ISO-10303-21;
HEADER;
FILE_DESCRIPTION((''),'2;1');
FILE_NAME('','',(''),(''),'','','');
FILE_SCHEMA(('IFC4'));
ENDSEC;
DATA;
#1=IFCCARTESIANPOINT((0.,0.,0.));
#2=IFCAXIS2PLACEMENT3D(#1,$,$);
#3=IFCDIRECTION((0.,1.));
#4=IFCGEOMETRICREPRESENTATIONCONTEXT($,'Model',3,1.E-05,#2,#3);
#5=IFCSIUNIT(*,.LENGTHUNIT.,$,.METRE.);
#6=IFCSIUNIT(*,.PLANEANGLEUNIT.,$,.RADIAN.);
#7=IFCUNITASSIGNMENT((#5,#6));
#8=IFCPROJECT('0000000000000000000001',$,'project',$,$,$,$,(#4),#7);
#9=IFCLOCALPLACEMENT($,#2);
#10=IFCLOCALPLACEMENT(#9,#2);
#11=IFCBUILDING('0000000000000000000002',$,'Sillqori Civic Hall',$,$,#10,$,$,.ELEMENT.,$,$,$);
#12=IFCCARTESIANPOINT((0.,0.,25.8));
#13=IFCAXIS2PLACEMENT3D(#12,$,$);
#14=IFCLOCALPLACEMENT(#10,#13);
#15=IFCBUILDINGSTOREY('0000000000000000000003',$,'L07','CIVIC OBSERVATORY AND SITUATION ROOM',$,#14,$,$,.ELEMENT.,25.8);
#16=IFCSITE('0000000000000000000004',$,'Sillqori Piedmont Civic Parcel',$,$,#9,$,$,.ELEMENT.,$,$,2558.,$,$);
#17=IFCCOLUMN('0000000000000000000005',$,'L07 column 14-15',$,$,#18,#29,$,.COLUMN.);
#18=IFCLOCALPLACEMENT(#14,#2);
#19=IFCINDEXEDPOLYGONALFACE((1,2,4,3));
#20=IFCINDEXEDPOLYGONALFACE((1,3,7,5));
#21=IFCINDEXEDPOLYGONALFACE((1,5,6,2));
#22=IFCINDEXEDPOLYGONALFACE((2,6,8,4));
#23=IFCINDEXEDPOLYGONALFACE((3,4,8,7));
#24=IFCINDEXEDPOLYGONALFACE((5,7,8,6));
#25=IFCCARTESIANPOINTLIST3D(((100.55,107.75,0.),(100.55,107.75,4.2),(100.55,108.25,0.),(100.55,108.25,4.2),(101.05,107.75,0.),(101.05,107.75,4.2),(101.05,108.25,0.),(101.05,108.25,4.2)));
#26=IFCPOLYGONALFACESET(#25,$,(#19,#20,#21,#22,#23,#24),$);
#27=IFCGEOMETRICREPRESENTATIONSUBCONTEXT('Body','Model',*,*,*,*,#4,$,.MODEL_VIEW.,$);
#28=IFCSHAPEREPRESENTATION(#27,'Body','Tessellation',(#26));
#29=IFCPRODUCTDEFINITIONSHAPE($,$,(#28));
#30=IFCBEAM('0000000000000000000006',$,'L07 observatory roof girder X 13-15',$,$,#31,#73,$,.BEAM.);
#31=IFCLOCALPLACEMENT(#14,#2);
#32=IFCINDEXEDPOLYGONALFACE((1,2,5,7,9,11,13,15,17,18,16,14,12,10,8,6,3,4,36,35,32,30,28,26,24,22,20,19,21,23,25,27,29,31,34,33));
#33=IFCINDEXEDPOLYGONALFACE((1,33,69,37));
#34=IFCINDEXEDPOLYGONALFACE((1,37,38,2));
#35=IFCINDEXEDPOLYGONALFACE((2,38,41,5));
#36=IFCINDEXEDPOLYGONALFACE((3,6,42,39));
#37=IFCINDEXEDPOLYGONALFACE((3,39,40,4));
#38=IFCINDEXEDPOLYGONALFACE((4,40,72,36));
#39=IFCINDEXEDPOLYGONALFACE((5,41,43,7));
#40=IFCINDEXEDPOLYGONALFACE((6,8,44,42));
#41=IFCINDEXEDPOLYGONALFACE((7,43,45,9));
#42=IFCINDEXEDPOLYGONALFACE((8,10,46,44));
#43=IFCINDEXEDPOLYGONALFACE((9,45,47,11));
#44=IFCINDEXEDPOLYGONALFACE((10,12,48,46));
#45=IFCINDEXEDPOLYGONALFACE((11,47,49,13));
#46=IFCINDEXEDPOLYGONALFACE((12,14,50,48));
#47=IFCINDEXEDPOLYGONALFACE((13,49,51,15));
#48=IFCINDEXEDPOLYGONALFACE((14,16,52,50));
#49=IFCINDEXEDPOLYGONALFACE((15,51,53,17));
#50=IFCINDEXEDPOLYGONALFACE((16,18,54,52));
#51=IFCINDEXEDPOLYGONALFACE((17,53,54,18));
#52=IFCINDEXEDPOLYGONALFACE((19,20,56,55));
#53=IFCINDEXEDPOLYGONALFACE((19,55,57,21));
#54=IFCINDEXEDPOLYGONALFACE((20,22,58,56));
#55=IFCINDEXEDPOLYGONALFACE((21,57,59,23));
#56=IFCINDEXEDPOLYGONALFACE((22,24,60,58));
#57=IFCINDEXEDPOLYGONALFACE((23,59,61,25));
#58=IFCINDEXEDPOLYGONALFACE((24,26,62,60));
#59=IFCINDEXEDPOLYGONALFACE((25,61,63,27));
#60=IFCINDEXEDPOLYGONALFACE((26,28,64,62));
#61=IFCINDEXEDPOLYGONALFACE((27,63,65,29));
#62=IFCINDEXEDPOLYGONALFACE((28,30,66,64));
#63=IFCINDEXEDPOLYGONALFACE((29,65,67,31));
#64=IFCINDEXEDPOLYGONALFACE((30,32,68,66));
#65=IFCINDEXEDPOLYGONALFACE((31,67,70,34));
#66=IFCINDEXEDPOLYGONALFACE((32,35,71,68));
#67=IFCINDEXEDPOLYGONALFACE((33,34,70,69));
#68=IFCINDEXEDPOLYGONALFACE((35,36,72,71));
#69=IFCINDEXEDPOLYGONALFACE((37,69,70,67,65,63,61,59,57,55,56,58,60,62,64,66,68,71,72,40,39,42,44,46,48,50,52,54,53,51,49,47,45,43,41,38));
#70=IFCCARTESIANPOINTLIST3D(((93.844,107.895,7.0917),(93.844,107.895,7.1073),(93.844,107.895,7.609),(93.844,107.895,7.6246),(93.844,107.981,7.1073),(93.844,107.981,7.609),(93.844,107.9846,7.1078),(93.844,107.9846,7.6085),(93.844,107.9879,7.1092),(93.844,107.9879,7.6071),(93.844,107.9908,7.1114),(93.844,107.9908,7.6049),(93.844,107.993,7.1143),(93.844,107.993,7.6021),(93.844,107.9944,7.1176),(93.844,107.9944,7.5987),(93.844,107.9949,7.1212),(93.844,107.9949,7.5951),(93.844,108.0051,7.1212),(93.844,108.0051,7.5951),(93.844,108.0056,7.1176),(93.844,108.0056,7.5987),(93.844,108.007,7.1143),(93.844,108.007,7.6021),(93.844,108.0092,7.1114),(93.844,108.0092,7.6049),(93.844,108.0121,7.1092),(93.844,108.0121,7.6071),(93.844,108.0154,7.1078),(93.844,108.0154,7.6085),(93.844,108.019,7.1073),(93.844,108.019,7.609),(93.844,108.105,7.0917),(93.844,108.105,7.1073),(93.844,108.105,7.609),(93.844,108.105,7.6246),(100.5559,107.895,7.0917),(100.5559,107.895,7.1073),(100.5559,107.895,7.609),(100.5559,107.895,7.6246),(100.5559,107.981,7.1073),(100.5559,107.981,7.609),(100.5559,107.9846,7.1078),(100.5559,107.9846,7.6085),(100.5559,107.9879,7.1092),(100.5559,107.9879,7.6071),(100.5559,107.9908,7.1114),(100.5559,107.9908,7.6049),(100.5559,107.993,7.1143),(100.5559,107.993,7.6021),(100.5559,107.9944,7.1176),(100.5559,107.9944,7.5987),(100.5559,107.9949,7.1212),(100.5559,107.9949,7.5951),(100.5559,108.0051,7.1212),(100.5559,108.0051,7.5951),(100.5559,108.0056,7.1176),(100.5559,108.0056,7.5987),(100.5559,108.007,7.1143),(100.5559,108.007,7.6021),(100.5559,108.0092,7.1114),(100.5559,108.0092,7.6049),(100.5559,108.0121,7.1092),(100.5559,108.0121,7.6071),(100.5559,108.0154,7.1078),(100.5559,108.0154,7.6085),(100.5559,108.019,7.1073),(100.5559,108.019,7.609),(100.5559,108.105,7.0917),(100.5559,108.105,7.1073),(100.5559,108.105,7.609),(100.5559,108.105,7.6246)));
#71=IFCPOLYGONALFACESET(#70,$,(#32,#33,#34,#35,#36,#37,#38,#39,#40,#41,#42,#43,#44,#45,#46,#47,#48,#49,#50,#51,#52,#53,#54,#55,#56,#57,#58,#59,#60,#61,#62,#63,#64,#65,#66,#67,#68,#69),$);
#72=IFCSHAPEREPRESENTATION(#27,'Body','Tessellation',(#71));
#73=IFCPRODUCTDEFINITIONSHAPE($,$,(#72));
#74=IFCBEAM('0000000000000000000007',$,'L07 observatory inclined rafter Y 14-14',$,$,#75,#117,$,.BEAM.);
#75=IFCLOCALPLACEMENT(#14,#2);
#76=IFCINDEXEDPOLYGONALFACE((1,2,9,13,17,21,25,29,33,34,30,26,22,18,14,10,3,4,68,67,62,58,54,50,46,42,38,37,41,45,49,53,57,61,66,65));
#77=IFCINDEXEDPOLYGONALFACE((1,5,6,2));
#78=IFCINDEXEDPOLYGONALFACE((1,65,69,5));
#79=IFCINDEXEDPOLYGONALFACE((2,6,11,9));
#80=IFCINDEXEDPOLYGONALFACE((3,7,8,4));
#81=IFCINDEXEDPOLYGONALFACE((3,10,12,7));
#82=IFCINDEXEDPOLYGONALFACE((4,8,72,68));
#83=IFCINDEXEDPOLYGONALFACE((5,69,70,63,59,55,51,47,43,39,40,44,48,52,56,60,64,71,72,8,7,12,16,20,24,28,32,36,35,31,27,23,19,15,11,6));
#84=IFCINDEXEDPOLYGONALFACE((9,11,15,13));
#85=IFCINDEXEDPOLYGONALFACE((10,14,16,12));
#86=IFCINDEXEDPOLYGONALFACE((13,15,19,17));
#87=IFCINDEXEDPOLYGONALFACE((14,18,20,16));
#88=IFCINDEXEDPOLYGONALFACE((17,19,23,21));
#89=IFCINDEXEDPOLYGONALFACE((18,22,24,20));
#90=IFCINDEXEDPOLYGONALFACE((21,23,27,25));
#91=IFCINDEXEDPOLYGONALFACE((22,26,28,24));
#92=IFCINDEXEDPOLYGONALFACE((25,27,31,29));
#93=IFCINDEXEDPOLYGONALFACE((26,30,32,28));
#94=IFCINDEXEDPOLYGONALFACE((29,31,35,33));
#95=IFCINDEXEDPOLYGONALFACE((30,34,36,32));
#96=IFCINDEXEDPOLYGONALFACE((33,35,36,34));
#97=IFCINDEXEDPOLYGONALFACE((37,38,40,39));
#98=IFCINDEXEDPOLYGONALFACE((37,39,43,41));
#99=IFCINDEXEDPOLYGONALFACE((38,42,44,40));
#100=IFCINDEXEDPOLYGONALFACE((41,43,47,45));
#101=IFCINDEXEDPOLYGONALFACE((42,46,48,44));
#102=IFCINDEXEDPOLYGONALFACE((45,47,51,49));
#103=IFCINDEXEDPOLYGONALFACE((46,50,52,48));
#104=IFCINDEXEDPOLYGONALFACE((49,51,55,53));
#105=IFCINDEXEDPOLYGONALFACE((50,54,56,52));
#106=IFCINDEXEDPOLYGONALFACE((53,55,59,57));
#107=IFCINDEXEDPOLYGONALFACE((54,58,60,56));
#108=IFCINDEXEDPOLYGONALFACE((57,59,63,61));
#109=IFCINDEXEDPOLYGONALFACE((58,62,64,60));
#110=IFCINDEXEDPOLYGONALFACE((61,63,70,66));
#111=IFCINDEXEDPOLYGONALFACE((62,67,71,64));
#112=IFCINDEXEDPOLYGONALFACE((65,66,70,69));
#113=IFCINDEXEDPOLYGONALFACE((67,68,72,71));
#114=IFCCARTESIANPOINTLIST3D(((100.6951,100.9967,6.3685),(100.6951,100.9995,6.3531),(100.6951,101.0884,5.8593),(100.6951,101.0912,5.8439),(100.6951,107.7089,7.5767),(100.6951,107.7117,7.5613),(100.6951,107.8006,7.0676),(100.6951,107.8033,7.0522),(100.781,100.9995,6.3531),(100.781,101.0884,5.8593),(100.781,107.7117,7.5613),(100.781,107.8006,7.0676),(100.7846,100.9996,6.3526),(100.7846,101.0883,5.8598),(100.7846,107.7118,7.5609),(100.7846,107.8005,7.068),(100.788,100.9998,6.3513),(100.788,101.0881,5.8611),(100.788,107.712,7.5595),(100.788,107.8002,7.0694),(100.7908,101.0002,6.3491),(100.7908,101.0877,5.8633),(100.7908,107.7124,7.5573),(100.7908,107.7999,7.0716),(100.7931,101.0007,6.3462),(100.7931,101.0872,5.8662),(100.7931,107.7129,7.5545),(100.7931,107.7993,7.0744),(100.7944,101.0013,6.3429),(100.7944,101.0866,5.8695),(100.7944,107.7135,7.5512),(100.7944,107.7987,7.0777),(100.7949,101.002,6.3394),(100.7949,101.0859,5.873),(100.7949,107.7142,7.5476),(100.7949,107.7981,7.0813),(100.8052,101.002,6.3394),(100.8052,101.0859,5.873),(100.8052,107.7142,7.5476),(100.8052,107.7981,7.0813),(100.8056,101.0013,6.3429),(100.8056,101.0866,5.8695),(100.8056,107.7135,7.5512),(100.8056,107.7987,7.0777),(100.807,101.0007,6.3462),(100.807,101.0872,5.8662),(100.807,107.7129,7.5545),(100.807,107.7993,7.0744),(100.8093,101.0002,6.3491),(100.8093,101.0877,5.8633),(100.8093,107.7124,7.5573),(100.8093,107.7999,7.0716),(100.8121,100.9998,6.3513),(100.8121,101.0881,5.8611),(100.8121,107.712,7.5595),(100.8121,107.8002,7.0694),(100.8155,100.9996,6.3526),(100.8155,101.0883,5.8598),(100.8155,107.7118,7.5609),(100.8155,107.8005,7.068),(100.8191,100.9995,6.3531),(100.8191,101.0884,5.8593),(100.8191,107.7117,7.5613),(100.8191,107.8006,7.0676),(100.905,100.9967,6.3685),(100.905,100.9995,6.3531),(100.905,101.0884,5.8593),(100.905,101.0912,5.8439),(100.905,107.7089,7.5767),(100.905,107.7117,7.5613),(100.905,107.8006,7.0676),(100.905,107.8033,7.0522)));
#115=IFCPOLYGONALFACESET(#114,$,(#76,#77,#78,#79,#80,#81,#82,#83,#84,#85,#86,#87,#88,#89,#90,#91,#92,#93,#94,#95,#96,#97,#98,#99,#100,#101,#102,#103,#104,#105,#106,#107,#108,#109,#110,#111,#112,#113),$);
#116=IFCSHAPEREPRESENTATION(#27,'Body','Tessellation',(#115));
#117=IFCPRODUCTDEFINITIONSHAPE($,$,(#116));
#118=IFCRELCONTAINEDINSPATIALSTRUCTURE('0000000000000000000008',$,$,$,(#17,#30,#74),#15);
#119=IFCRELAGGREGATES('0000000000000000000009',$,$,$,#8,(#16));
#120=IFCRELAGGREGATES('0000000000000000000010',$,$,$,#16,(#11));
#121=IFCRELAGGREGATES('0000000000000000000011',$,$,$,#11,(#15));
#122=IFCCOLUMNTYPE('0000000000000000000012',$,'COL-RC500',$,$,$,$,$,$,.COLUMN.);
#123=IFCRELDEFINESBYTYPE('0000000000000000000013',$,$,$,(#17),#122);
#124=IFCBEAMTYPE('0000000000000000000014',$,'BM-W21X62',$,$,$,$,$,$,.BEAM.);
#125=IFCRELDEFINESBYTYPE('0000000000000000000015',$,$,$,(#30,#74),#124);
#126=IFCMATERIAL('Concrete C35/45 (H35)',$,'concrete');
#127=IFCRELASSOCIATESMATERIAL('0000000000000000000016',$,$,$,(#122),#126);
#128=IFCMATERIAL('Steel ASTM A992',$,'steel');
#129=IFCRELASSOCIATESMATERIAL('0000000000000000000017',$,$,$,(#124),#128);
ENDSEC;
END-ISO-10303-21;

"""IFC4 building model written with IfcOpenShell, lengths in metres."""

from ifc_helpers import new_model, si_unit, direction, frame, origin, origin_2d, place, context, subcontext, project, spatial, rectangle, i_section, extrude, material, material_profile, profile_set, type_object, element, save


model = new_model("IFC4")

# Units and contexts
model_context = context("Model", 3, precision=1e-05, world=origin(), true_north=direction((0.0, 1.0)))
body_context = subcontext(model_context, "Body", "Model", "MODEL_VIEW")
ifc_project = project(units=[si_unit("LENGTHUNIT", "METRE"), si_unit("PLANEANGLEUNIT", "RADIAN")], contexts=[model_context])

# Site, building, storey
site_placement = place(None, origin())
site = spatial("IfcSite", under=ifc_project, at=site_placement, Name="Sillqori Piedmont Civic Parcel", CompositionType="ELEMENT", RefElevation=2558.0)
building_placement = place(site_placement, origin())
building = spatial("IfcBuilding", under=site, at=building_placement, Name="Sillqori Civic Hall", CompositionType="ELEMENT")
storey_placement = place(building_placement, frame((0.0, 0.0, 25.8)))
storey = spatial("IfcBuildingStorey", under=building, at=storey_placement, Name="L07", Description="CIVIC OBSERVATORY AND SITUATION ROOM", CompositionType="ELEMENT", Elevation=25.8)

# Column
ifc_material_1 = material(Name="Concrete C35/45 (H35)", Category="concrete")
ifc_material_profile_1 = material_profile(ifc_material_1, rectangle(XDim=0.5, YDim=0.5, at=origin_2d()), Name="RC 500x500")
ifc_profile_set_1 = profile_set([ifc_material_profile_1], Name="Concrete C35/45 (H35)")
column_type = type_object("IfcColumnType", Name="COL-RC500", PredefinedType="COLUMN", material=ifc_profile_set_1)
column_placement = place(storey_placement, frame((100.8, 108.0, 0.0), z_axis=(0.0, 0.0, 1.0), x_axis=(1.0, 0.0, 0.0)))
element("IfcColumn", 1, at=column_placement, inside=storey, type_object=column_type, Name="L07 column 14-15", PredefinedType="COLUMN", context=body_context, shape_type="SweptSolid", body=[
    extrude(rectangle(XDim=0.5, YDim=0.5, at=origin_2d()), origin(), (0.0, 0.0, 1.0), 4.2),
])

# Beams
ifc_material_2 = material(Name="Steel ASTM A992", Category="steel")
ifc_material_profile_2 = material_profile(ifc_material_2, i_section(OverallWidth=0.21, OverallDepth=0.533, WebThickness=0.0103, FlangeThickness=0.0156, FilletRadius=0.0139, at=origin_2d()), Name="W21X62")
ifc_profile_set_2 = profile_set([ifc_material_profile_2], Name="Steel ASTM A992")
beam_type = type_object("IfcBeamType", Name="BM-W21X62", PredefinedType="BEAM", material=ifc_profile_set_2)
beam_1_placement = place(storey_placement, frame((93.844, 108.0, 7.3582), z_axis=(1.0, 0.0, 0.0), x_axis=(0.0, 1.0, 0.0)))
element("IfcBeam", 2, at=beam_1_placement, inside=storey, type_object=beam_type, Name="L07 observatory roof girder X 13-15", PredefinedType="BEAM", context=body_context, shape_type="SweptSolid", body=[
    extrude(i_section(OverallWidth=0.21, OverallDepth=0.533, WebThickness=0.0103, FlangeThickness=0.0156, FilletRadius=0.0139, at=origin_2d()), origin(), (0.0, 0.0, 1.0), 6.7119),
])
beam_2_placement = place(storey_placement, frame((100.8, 101.0439, 6.1062), z_axis=(0.0, 0.984182, 0.177162), x_axis=(-1.0, 0.0, 0.0)))
element("IfcBeam", 3, at=beam_2_placement, inside=storey, type_object=beam_type, Name="L07 observatory inclined rafter Y 14-14", PredefinedType="BEAM", context=body_context, shape_type="SweptSolid", body=[
    extrude(i_section(OverallWidth=0.21, OverallDepth=0.533, WebThickness=0.0103, FlangeThickness=0.0156, FilletRadius=0.0139, at=origin_2d()), origin(), (0.0, 0.0, 1.0), 6.8201),
])

save(model, "model.ifc")
